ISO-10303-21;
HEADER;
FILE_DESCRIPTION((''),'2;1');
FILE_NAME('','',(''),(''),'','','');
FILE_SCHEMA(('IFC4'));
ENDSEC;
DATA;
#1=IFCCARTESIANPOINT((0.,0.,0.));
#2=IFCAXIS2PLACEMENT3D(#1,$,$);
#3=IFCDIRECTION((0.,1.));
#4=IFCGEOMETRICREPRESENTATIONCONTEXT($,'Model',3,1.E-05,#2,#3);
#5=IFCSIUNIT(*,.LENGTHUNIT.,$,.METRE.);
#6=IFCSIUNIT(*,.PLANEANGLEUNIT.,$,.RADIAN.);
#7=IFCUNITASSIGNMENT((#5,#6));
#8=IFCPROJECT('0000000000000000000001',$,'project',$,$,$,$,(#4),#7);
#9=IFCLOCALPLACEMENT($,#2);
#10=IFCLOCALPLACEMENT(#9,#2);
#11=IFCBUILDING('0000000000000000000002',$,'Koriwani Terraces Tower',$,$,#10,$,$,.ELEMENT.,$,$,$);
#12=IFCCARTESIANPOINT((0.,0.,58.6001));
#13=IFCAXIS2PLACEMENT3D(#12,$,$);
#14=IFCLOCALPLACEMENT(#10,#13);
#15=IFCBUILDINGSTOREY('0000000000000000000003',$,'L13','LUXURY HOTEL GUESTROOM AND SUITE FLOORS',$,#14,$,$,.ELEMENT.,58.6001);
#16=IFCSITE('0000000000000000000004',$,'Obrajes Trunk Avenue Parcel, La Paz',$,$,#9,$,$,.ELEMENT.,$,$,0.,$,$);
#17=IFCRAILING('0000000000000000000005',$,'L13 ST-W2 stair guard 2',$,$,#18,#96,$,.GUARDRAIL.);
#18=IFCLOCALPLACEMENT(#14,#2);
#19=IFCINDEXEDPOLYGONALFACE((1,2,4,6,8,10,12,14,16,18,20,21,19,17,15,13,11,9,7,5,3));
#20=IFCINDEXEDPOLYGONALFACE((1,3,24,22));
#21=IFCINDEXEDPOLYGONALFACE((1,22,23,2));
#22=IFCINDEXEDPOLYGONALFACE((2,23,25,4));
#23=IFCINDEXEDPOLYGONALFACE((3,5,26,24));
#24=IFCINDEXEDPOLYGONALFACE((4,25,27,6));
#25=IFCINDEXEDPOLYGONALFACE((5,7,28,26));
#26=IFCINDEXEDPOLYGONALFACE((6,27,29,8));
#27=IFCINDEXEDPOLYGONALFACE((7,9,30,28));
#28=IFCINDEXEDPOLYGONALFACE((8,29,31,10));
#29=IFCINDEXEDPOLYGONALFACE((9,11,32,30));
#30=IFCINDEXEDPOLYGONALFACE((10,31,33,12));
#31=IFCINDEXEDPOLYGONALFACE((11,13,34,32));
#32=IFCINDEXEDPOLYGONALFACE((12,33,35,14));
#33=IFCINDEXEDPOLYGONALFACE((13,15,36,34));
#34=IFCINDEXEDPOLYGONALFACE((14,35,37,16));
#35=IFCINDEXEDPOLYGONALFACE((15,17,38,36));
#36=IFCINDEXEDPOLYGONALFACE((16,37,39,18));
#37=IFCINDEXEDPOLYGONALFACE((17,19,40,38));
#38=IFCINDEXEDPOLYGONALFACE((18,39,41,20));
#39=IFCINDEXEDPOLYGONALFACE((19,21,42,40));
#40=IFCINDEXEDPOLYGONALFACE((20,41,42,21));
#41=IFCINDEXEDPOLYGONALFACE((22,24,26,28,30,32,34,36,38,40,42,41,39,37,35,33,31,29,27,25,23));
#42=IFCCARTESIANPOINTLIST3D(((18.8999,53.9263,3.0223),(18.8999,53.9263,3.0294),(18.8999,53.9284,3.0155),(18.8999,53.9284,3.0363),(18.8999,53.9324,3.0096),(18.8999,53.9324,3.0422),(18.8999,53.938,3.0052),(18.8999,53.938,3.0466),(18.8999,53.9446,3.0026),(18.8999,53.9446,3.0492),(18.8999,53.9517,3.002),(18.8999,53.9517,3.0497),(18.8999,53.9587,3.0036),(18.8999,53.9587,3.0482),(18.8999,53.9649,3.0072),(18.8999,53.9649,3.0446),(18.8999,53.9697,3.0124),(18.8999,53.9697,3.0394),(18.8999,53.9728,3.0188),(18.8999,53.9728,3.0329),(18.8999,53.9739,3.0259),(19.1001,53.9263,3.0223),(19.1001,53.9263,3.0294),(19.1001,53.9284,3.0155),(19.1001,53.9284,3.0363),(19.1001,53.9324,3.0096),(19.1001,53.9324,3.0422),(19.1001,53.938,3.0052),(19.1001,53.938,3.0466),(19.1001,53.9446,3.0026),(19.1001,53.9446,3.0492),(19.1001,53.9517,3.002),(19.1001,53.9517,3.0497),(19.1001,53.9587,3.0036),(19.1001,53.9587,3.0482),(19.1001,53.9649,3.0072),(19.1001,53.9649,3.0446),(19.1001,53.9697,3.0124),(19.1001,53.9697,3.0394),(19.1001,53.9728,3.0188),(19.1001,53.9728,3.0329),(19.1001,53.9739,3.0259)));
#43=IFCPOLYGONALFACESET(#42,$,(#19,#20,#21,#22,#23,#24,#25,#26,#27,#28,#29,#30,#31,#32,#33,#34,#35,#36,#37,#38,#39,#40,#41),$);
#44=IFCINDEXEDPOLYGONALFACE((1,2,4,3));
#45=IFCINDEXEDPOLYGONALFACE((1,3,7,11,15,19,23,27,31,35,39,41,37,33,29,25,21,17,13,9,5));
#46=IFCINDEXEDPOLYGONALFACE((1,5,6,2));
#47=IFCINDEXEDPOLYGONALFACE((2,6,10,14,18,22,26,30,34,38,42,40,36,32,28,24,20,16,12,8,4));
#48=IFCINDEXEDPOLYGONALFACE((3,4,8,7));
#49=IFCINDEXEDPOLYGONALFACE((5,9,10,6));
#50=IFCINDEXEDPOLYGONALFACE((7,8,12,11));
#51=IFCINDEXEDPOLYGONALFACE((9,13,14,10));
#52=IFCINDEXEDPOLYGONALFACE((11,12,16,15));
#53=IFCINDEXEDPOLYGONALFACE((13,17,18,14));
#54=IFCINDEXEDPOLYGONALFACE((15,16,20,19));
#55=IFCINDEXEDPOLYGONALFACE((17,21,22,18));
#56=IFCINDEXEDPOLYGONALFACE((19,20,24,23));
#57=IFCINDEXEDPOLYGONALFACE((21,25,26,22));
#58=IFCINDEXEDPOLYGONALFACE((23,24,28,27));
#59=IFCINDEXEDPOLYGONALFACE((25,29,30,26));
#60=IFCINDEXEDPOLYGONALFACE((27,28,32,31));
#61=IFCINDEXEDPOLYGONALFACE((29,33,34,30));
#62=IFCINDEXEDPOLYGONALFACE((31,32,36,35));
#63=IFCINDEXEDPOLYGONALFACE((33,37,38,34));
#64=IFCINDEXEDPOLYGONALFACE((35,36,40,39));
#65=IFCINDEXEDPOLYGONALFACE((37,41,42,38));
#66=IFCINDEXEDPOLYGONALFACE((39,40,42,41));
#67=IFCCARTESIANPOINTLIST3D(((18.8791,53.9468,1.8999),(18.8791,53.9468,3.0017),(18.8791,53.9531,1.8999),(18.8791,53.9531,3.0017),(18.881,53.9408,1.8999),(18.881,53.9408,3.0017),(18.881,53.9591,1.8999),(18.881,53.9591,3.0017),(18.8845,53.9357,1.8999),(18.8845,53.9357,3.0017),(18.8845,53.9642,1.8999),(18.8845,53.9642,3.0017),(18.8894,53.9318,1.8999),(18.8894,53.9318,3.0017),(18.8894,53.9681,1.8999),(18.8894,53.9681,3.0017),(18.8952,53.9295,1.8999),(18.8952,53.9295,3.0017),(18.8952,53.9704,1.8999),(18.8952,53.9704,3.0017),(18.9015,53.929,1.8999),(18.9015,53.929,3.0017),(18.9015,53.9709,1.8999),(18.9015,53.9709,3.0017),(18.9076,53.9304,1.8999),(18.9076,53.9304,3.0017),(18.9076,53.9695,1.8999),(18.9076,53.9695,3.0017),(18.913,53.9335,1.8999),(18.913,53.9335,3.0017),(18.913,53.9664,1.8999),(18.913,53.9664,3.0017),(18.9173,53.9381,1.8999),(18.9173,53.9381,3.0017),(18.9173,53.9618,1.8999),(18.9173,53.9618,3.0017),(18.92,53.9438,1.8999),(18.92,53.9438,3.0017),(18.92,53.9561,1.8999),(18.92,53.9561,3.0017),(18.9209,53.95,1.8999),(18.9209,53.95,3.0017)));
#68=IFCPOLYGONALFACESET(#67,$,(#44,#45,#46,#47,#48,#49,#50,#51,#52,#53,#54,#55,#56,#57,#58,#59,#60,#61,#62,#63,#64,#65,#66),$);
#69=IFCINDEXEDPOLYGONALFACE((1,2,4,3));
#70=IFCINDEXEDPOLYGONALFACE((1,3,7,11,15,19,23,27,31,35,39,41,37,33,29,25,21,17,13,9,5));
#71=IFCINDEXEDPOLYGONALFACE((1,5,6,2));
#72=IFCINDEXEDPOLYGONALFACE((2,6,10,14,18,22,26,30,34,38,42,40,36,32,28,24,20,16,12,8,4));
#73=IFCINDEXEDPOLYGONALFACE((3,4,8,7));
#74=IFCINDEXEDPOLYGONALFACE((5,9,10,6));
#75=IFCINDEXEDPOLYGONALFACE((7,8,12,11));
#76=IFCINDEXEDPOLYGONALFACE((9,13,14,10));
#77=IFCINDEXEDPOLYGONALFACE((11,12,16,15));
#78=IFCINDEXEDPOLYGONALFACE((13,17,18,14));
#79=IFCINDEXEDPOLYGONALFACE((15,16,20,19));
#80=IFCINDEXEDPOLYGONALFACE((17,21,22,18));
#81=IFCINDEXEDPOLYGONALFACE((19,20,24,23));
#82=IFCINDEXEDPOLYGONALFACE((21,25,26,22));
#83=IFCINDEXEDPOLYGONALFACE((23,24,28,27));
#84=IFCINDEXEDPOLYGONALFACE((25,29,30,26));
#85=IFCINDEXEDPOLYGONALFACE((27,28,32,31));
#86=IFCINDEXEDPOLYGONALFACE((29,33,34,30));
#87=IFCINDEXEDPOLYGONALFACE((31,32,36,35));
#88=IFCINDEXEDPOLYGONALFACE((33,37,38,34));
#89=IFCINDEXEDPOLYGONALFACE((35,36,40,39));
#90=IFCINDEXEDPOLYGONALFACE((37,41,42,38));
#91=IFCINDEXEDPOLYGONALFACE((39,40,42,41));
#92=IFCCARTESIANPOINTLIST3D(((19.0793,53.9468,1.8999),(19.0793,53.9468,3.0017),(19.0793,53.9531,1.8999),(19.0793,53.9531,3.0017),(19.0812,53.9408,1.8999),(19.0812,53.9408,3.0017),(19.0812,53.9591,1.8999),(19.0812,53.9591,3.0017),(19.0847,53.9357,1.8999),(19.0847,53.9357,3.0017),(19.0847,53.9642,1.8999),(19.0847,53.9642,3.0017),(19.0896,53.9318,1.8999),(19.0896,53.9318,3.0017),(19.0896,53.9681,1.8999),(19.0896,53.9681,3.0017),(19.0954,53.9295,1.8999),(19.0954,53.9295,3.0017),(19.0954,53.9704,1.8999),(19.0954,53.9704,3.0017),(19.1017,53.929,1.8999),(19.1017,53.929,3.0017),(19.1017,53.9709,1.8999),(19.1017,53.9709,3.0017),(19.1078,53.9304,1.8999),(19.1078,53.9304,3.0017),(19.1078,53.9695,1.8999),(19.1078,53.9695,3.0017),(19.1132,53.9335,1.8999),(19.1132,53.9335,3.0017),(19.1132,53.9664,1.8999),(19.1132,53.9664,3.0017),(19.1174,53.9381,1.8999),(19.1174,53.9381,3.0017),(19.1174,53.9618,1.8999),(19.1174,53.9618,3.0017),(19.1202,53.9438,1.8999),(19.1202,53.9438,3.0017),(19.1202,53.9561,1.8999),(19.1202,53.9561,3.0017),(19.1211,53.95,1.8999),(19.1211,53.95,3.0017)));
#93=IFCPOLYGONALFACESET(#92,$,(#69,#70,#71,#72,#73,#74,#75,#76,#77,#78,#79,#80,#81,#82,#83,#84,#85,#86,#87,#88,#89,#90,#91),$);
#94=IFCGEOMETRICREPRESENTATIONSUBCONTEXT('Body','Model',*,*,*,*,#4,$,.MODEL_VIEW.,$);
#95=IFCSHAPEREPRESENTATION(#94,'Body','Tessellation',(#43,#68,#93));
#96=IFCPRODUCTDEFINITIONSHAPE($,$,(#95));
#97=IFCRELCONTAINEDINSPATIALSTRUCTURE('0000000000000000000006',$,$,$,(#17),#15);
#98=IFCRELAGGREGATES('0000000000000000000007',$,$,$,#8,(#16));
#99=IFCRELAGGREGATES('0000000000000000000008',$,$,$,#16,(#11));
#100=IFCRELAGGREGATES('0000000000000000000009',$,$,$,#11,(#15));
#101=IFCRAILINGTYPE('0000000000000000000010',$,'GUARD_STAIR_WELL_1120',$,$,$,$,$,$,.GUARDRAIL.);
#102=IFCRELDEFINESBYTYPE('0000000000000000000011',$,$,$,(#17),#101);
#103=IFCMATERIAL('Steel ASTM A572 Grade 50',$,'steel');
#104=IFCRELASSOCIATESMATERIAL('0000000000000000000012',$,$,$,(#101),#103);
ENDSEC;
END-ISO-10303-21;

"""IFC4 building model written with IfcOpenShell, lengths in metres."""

from ifc_helpers import new_model, si_unit, direction, frame, origin, origin_2d, place, context, subcontext, project, spatial, circle, extrude, material, type_object, element, save


model = new_model("IFC4")

# Units and contexts
model_context = context("Model", 3, precision=1e-05, world=origin(), true_north=direction((0.0, 1.0)))
body_context = subcontext(model_context, "Body", "Model", "MODEL_VIEW")
ifc_project = project(units=[si_unit("LENGTHUNIT", "METRE"), si_unit("PLANEANGLEUNIT", "RADIAN")], contexts=[model_context])

# Site, building, storey
site_placement = place(None, origin())
site = spatial("IfcSite", under=ifc_project, at=site_placement, Name="Obrajes Trunk Avenue Parcel, La Paz", CompositionType="ELEMENT", RefElevation=0.0)
building_placement = place(site_placement, origin())
building = spatial("IfcBuilding", under=site, at=building_placement, Name="Koriwani Terraces Tower", CompositionType="ELEMENT")
storey_placement = place(building_placement, frame((0.0, 0.0, 58.6001)))
storey = spatial("IfcBuildingStorey", under=building, at=storey_placement, Name="L13", Description="LUXURY HOTEL GUESTROOM AND SUITE FLOORS", CompositionType="ELEMENT", Elevation=58.6001)

# Shared definitions
ifc_material_1 = material(Name="Steel ASTM A572 Grade 50", Category="steel")

# Railing
railing_type_1 = type_object("IfcRailingType", Name="GUARD_STAIR_WELL_1120", PredefinedType="GUARDRAIL", material=ifc_material_1)
railing_1_placement = place(storey_placement, frame((18.8999, 53.95, 1.8999)))
element("IfcRailing", 1, at=railing_1_placement, inside=storey, type_object=railing_type_1, Name="L13 ST-W2 stair guard 2", PredefinedType="GUARDRAIL", context=body_context, shape_type="SweptSolid", body=[
    extrude(circle(Radius=0.0239, at=origin_2d()), frame((0.0, 0.0, 1.126), z_axis=(1.0, 0.0, 0.0), x_axis=(0.0, 1.0, 0.0)), (0.0, 0.0, 1.0), 0.2002),
    extrude(circle(Radius=0.021, at=origin_2d()), origin(), (0.0, 0.0, 1.0), 1.1018),
    extrude(circle(Radius=0.021, at=origin_2d()), frame((0.2002, 0.0, 0.0)), (0.0, 0.0, 1.0), 1.1018),
])

save(model, "model.ifc")
